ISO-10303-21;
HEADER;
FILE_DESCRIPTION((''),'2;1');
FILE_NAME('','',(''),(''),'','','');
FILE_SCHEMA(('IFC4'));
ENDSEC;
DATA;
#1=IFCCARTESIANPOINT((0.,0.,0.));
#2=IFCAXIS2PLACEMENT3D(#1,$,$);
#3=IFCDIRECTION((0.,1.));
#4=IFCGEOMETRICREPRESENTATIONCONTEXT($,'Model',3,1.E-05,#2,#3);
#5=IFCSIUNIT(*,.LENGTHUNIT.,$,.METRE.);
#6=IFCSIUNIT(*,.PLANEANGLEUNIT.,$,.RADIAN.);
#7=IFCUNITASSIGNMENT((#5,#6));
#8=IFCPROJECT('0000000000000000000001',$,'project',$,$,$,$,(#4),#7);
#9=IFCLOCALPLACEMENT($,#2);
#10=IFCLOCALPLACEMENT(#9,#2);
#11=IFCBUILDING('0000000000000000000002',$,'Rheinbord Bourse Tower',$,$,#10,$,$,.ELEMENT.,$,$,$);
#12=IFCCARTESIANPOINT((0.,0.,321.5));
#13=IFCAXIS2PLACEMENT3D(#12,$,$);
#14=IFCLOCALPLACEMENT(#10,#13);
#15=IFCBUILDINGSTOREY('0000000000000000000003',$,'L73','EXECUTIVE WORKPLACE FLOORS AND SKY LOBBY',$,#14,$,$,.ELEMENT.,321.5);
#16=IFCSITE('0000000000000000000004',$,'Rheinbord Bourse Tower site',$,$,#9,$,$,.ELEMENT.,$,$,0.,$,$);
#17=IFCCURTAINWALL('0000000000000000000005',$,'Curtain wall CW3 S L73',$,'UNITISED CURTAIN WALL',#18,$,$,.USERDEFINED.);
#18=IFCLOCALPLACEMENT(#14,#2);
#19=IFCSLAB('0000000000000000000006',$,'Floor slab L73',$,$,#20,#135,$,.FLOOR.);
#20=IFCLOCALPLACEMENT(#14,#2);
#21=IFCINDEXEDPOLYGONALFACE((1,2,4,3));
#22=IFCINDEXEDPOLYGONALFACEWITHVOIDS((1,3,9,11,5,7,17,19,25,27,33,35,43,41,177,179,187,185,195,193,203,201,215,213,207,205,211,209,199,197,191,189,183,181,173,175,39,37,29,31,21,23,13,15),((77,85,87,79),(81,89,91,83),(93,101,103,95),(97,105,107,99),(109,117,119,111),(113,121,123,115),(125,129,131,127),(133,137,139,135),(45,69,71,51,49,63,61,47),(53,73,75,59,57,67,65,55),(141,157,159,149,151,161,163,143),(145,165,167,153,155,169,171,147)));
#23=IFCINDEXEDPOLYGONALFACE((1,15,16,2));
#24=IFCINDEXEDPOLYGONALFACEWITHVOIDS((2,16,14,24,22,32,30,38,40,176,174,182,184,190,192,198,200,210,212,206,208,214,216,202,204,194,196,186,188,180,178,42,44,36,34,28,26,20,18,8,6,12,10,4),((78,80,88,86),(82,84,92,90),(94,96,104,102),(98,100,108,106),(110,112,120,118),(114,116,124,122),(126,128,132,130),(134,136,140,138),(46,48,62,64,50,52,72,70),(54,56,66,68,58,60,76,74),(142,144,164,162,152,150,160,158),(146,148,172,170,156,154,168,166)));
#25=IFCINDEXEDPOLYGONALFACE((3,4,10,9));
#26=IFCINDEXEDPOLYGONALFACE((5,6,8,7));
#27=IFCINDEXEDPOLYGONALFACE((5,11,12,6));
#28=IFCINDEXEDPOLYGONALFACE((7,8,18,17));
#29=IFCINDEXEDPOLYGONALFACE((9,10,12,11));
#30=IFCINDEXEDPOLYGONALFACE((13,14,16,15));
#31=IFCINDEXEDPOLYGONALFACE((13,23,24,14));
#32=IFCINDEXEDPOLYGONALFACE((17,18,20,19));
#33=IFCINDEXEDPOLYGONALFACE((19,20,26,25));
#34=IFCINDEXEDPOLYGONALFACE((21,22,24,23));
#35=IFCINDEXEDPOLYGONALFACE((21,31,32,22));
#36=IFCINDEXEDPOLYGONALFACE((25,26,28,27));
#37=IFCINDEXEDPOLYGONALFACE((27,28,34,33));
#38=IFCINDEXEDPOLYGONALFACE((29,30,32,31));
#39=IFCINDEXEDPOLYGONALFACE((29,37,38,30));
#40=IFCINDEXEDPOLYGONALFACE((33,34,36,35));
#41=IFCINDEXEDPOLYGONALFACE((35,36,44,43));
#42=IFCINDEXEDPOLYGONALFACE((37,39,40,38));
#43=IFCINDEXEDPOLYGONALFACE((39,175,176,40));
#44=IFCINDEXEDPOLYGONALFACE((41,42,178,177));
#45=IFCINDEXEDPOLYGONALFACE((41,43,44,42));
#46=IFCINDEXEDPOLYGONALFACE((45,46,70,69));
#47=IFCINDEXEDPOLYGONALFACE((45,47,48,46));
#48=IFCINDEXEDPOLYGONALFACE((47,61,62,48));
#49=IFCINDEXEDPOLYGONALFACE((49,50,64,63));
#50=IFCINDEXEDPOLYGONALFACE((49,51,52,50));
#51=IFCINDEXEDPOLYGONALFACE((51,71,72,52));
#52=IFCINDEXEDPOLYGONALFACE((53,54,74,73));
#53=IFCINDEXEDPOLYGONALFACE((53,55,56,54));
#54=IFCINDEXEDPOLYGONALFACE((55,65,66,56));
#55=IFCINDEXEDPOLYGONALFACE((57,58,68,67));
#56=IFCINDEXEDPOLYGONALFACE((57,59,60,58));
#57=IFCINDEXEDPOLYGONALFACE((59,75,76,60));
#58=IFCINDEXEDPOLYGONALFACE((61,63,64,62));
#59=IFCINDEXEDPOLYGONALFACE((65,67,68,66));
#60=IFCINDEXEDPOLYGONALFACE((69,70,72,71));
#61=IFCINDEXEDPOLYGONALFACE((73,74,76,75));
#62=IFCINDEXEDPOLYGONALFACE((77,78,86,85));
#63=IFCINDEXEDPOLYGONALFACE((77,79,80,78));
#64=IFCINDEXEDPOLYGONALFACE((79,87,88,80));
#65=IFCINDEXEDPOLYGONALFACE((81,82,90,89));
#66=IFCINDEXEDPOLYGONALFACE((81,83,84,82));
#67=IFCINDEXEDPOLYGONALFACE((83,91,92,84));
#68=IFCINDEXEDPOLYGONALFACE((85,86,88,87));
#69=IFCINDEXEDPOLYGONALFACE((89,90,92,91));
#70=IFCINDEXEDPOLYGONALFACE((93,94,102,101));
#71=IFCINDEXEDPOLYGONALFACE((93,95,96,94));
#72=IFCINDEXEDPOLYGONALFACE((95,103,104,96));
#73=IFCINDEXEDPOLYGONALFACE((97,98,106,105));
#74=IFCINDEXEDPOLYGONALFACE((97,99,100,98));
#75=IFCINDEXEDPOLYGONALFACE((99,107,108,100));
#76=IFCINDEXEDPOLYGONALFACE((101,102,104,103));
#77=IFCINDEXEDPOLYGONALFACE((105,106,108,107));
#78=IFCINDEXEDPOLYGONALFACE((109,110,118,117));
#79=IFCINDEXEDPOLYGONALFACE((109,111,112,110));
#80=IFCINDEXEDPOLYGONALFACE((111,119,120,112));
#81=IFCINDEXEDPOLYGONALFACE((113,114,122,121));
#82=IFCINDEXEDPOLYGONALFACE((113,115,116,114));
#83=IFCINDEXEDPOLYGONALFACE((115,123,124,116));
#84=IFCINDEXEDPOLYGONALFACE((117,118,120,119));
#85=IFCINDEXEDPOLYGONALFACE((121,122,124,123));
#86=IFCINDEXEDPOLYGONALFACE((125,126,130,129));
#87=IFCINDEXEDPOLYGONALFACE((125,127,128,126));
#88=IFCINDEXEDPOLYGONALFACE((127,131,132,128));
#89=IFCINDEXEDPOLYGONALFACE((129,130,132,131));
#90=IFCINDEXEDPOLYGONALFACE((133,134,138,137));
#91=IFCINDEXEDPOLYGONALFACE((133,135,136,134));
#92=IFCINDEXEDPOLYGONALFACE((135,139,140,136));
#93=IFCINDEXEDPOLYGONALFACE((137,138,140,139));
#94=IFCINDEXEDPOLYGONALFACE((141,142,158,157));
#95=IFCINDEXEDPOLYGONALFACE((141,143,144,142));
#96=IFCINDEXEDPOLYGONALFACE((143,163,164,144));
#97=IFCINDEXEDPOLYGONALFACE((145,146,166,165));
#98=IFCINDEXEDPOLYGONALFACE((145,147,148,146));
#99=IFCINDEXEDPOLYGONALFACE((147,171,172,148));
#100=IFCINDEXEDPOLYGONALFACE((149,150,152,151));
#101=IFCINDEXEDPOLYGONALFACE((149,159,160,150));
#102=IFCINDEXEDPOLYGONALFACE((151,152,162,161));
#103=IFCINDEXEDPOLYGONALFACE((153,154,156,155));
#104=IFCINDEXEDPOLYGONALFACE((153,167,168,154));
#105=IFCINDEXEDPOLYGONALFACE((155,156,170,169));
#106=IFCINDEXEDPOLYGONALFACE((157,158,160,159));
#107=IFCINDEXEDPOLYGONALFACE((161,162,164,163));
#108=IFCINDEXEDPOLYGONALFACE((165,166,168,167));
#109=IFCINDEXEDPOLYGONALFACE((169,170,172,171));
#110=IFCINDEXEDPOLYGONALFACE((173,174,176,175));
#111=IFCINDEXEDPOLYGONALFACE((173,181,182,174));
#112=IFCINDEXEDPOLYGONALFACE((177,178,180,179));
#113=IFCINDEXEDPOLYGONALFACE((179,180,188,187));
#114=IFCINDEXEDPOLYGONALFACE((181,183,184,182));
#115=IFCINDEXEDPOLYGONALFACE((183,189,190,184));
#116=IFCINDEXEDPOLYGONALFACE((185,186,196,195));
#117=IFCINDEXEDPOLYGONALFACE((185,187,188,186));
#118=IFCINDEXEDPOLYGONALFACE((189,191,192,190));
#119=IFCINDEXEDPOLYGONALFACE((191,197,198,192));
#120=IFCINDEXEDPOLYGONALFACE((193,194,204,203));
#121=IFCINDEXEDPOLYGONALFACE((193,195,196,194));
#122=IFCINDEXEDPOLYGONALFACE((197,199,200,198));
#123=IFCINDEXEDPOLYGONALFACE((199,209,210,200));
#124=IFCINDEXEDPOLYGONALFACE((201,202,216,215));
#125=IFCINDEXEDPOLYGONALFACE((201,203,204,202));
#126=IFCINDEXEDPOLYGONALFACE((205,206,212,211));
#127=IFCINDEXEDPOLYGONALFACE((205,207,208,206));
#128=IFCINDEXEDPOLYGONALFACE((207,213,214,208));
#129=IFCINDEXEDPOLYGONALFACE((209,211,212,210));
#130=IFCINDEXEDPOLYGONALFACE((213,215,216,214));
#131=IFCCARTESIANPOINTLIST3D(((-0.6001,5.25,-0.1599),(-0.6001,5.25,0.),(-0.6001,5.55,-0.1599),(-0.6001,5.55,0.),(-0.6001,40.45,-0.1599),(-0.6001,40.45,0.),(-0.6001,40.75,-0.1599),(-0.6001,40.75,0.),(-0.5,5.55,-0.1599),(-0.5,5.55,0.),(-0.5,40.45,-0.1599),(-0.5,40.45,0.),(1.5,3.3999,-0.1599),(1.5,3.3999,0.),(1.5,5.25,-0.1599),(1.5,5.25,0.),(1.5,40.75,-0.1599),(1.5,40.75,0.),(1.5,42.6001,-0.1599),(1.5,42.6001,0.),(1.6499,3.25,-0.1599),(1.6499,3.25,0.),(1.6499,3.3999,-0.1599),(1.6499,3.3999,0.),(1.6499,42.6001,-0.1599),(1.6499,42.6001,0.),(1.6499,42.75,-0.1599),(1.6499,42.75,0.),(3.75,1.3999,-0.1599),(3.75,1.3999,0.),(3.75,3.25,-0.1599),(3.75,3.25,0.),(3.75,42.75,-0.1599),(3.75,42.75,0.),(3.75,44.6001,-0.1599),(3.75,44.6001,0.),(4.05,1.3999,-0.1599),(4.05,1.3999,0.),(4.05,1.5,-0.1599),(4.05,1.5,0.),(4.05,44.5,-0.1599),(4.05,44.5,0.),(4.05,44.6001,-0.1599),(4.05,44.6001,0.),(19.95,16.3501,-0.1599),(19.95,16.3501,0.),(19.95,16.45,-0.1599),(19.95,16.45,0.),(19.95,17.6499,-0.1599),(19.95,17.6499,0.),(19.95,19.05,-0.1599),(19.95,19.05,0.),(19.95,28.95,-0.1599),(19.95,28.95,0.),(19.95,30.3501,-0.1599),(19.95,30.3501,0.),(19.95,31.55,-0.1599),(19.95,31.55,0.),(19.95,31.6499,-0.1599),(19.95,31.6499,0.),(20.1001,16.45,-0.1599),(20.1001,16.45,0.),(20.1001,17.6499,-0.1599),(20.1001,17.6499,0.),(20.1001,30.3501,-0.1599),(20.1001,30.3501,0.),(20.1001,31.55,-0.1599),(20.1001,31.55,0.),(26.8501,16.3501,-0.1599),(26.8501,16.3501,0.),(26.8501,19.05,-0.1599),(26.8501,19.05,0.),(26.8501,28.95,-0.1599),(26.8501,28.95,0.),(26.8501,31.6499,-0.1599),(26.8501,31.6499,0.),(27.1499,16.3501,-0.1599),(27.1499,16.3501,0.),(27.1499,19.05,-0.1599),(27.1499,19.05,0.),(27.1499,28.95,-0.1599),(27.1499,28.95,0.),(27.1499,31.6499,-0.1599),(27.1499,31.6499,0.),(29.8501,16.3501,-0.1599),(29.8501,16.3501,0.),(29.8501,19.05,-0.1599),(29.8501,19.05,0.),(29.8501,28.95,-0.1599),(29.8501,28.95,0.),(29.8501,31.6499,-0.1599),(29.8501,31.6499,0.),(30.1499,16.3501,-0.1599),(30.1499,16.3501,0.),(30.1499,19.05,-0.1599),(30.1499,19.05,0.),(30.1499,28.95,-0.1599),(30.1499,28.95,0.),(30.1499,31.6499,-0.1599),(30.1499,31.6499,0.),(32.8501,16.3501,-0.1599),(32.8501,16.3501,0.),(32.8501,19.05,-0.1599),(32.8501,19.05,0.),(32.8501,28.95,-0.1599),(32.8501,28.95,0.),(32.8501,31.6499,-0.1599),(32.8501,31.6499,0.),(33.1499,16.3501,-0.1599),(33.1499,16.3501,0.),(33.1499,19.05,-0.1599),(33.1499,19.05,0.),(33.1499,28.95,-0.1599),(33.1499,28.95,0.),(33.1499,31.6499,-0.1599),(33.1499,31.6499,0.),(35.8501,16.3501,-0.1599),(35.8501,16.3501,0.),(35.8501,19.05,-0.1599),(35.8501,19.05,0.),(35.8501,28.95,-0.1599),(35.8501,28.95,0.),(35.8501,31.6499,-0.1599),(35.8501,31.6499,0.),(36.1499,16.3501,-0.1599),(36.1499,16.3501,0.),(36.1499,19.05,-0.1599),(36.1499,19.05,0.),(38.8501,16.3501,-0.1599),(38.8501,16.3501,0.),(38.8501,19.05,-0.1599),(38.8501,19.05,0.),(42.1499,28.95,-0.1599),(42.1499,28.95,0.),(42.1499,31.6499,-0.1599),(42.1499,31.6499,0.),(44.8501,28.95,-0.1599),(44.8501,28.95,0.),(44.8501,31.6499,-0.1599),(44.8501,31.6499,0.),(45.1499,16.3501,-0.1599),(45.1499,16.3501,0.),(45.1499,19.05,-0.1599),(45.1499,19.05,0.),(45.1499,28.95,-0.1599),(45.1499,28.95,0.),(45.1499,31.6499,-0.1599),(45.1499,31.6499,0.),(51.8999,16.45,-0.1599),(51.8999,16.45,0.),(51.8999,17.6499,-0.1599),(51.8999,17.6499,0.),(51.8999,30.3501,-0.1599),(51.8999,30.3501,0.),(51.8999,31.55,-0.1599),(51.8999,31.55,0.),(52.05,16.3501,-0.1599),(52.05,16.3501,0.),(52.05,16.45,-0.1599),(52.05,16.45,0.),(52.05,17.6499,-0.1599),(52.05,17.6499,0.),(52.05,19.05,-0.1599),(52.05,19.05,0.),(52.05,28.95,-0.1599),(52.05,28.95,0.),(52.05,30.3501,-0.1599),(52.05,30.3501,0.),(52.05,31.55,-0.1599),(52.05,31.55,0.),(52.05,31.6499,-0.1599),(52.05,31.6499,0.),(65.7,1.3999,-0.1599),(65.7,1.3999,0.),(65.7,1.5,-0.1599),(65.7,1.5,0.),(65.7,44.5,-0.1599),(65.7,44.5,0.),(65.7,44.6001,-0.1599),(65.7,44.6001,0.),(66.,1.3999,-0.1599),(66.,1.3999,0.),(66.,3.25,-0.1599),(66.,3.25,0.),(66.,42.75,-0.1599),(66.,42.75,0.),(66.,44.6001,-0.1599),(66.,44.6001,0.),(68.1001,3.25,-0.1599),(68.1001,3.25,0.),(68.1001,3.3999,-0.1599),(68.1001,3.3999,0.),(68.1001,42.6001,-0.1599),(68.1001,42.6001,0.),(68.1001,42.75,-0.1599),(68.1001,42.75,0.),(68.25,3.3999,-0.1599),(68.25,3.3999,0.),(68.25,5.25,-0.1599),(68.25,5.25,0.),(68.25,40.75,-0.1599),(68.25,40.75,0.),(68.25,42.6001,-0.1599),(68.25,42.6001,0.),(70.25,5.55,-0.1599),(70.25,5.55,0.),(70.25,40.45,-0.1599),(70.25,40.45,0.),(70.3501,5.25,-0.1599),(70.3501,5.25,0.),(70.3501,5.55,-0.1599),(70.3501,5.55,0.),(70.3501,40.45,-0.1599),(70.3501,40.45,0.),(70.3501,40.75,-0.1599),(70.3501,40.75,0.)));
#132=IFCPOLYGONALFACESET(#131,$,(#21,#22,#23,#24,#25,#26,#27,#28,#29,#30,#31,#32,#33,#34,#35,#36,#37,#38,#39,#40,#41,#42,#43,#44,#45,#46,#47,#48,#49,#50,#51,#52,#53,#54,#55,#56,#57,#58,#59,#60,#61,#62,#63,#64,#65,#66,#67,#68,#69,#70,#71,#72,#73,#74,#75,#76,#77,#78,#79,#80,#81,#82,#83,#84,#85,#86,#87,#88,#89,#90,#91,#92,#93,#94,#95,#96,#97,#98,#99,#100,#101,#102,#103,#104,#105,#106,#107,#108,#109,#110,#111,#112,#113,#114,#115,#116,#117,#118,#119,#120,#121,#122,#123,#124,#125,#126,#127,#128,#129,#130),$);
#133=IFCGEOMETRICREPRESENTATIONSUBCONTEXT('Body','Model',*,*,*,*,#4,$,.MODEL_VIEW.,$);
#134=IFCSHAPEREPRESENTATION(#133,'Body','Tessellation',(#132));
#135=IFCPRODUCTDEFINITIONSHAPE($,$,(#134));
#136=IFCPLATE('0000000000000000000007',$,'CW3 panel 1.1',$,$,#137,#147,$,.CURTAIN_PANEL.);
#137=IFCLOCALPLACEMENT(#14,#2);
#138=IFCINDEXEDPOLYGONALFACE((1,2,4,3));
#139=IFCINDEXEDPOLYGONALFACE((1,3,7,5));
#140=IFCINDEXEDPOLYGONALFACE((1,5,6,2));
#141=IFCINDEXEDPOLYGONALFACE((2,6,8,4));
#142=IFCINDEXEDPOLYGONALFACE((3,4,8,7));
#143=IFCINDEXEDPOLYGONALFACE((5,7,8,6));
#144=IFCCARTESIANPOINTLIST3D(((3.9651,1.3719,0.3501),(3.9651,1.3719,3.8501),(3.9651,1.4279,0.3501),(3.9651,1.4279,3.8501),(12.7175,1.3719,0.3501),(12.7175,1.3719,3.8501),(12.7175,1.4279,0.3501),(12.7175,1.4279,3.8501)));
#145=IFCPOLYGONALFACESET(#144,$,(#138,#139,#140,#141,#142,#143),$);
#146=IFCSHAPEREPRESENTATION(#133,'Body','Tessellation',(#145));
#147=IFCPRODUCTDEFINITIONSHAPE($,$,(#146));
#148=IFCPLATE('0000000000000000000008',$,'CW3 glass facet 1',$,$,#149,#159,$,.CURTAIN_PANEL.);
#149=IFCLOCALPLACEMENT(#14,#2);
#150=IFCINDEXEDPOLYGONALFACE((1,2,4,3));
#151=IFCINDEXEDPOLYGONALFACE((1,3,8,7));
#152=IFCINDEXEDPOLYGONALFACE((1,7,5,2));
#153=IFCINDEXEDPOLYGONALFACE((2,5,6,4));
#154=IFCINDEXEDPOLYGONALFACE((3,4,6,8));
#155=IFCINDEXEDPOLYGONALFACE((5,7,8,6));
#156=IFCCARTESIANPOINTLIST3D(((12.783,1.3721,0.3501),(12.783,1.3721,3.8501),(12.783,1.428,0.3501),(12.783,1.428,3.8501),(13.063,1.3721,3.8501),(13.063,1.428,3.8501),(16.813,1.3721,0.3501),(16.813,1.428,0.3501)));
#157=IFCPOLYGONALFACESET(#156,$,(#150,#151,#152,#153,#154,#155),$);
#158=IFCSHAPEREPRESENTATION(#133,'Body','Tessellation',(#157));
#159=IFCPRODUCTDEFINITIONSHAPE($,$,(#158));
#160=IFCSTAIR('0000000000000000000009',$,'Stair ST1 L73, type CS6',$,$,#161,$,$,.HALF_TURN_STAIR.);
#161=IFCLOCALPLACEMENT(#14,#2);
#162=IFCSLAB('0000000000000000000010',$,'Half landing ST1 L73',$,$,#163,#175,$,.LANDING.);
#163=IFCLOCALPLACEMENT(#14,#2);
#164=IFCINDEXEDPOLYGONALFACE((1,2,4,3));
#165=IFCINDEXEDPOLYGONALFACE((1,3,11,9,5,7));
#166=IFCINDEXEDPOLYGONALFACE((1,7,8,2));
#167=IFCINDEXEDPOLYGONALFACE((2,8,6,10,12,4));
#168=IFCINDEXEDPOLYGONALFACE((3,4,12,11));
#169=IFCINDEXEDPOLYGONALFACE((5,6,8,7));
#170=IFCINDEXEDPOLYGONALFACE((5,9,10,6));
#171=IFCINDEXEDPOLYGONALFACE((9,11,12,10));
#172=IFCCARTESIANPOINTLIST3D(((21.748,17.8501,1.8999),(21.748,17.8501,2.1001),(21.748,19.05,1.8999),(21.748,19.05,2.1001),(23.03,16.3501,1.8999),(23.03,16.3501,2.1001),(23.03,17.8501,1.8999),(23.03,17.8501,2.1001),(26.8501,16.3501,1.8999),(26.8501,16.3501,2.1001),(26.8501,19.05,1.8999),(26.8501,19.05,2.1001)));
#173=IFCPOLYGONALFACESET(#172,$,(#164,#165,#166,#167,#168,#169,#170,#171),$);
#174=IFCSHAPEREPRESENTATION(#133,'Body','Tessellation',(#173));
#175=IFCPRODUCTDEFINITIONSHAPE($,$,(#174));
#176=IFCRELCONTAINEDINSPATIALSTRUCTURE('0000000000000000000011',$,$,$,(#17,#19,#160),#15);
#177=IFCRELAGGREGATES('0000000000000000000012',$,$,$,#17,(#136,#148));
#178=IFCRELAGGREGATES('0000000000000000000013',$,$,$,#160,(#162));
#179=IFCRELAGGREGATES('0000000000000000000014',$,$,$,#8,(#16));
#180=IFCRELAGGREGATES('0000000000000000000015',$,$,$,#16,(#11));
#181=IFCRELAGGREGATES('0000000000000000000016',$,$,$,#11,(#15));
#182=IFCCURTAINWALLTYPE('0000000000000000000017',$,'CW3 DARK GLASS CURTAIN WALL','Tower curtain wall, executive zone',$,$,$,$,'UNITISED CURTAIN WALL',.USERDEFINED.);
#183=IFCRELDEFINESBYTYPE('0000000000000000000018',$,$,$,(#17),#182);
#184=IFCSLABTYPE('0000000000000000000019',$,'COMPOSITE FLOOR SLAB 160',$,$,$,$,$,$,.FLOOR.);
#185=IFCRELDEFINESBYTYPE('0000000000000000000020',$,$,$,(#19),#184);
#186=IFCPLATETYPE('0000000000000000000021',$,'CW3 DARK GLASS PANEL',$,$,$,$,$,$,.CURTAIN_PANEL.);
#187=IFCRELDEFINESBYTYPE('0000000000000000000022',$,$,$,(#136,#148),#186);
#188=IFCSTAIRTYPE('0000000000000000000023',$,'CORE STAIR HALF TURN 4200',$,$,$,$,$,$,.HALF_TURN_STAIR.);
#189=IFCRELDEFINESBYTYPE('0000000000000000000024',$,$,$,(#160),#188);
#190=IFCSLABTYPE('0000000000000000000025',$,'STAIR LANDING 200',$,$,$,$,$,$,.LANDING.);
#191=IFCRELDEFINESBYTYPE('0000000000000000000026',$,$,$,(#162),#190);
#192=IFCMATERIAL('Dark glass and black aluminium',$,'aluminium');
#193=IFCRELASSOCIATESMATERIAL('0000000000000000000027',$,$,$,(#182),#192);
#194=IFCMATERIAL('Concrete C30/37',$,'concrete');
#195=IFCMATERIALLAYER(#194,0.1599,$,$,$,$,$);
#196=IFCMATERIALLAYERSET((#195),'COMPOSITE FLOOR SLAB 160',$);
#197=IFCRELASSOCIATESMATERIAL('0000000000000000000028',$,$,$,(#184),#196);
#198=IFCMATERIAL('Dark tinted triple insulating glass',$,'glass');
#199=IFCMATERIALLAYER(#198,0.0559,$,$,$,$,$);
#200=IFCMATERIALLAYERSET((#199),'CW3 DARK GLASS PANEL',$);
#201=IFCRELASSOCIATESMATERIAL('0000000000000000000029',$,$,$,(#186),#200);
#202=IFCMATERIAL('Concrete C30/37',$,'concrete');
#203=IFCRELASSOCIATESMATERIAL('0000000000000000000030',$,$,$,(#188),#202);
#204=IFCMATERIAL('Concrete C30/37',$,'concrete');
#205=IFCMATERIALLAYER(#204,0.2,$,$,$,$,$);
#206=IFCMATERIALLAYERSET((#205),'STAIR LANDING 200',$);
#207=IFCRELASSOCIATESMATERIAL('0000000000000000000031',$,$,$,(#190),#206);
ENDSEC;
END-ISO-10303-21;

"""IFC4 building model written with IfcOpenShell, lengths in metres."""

from ifc_helpers import new_model, si_unit, direction, frame, origin, origin_2d, place, context, subcontext, project, spatial, polyline, rectangle, outline, extrude, material, layer, layer_set, type_object, element, aggregate, save


model = new_model("IFC4")

# Units and contexts
model_context = context("Model", 3, precision=1e-05, world=origin(), true_north=direction((0.0, 1.0)))
body_context = subcontext(model_context, "Body", "Model", "MODEL_VIEW")
ifc_project = project(units=[si_unit("LENGTHUNIT", "METRE"), si_unit("PLANEANGLEUNIT", "RADIAN")], contexts=[model_context])

# Site, building, storey
site_placement = place(None, origin())
site = spatial("IfcSite", under=ifc_project, at=site_placement, Name="Rheinbord Bourse Tower site", CompositionType="ELEMENT", RefElevation=0.0)
building_placement = place(site_placement, origin())
building = spatial("IfcBuilding", under=site, at=building_placement, Name="Rheinbord Bourse Tower", CompositionType="ELEMENT")
storey_placement = place(building_placement, frame((0.0, 0.0, 321.5)))
storey = spatial("IfcBuildingStorey", under=building, at=storey_placement, Name="L73", Description="EXECUTIVE WORKPLACE FLOORS AND SKY LOBBY", CompositionType="ELEMENT", Elevation=321.5)

# Curtain wall
ifc_material_1 = material(Name="Dark glass and black aluminium", Category="aluminium")
curtain_wall_type = type_object("IfcCurtainWallType", Name="CW3 DARK GLASS CURTAIN WALL", Description="Tower curtain wall, executive zone", ElementType="UNITISED CURTAIN WALL", PredefinedType="USERDEFINED", material=ifc_material_1)
curtain_wall_1_placement = place(storey_placement, origin())
curtain_wall_1 = element("IfcCurtainWall", 1, at=curtain_wall_1_placement, inside=storey, type_object=curtain_wall_type, Name="Curtain wall CW3 S L73", ObjectType="UNITISED CURTAIN WALL", PredefinedType="USERDEFINED")

# Slab
ifc_material_2 = material(Name="Concrete C30/37", Category="concrete")
ifc_layer_1 = layer(ifc_material_2, 0.1599)
ifc_layer_set_1 = layer_set([ifc_layer_1], Name="COMPOSITE FLOOR SLAB 160")
slab_type_1 = type_object("IfcSlabType", Name="COMPOSITE FLOOR SLAB 160", PredefinedType="FLOOR", material=ifc_layer_set_1)
slab_1_placement = place(storey_placement, frame((0.0, 0.0, -0.1599)))
element("IfcSlab", 2, at=slab_1_placement, inside=storey, type_object=slab_type_1, Name="Floor slab L73", PredefinedType="FLOOR", context=body_context, shape_type="SweptSolid", body=[
    extrude(outline(polyline([(1.6499, 3.3999), (1.5, 3.3999), (1.5, 5.25), (-0.6001, 5.25), (-0.6001, 5.55), (-0.5, 5.55), (-0.5, 40.45), (-0.6001, 40.45), (-0.6001, 40.75), (1.5, 40.75), (1.5, 42.6001), (1.6499, 42.6001), (1.6499, 42.75), (3.75, 42.75), (3.75, 44.6001), (4.05, 44.6001), (4.05, 44.5), (65.7, 44.5), (65.7, 44.6001), (66.0, 44.6001), (66.0, 42.75), (68.1001, 42.75), (68.1001, 42.6001), (68.25, 42.6001), (68.25, 40.75), (70.3501, 40.75), (70.3501, 40.45), (70.25, 40.45), (70.25, 5.55), (70.3501, 5.55), (70.3501, 5.25), (68.25, 5.25), (68.25, 3.3999), (68.1001, 3.3999), (68.1001, 3.25), (66.0, 3.25), (66.0, 1.3999), (65.7, 1.3999), (65.7, 1.5), (4.05, 1.5), (4.05, 1.3999), (3.75, 1.3999), (3.75, 3.25), (1.6499, 3.25), (1.6499, 3.3999)]), holes=[polyline([(19.95, 19.05), (26.8501, 19.05), (26.8501, 16.3501), (19.95, 16.3501), (19.95, 16.45), (20.1001, 16.45), (20.1001, 17.6499), (19.95, 17.6499), (19.95, 19.05)]), polyline([(19.95, 31.6499), (26.8501, 31.6499), (26.8501, 28.95), (19.95, 28.95), (19.95, 30.3501), (20.1001, 30.3501), (20.1001, 31.55), (19.95, 31.55), (19.95, 31.6499)]), polyline([(52.05, 16.3501), (45.1499, 16.3501), (45.1499, 19.05), (52.05, 19.05), (52.05, 17.6499), (51.8999, 17.6499), (51.8999, 16.45), (52.05, 16.45), (52.05, 16.3501)]), polyline([(52.05, 28.95), (45.1499, 28.95), (45.1499, 31.6499), (52.05, 31.6499), (52.05, 31.55), (51.8999, 31.55), (51.8999, 30.3501), (52.05, 30.3501), (52.05, 28.95)]), polyline([(27.1499, 16.3501), (27.1499, 19.05), (29.8501, 19.05), (29.8501, 16.3501), (27.1499, 16.3501)]), polyline([(27.1499, 28.95), (27.1499, 31.6499), (29.8501, 31.6499), (29.8501, 28.95), (27.1499, 28.95)]), polyline([(30.1499, 16.3501), (30.1499, 19.05), (32.8501, 19.05), (32.8501, 16.3501), (30.1499, 16.3501)]), polyline([(30.1499, 28.95), (30.1499, 31.6499), (32.8501, 31.6499), (32.8501, 28.95), (30.1499, 28.95)]), polyline([(33.1499, 16.3501), (33.1499, 19.05), (35.8501, 19.05), (35.8501, 16.3501), (33.1499, 16.3501)]), polyline([(33.1499, 28.95), (33.1499, 31.6499), (35.8501, 31.6499), (35.8501, 28.95), (33.1499, 28.95)]), polyline([(36.1499, 16.3501), (36.1499, 19.05), (38.8501, 19.05), (38.8501, 16.3501), (36.1499, 16.3501)]), polyline([(42.1499, 28.95), (42.1499, 31.6499), (44.8501, 31.6499), (44.8501, 28.95), (42.1499, 28.95)])]), origin(), (0.0, 0.0, 1.0), 0.1599),
])

# Plates
ifc_material_3 = material(Name="Dark tinted triple insulating glass", Category="glass")
ifc_layer_2 = layer(ifc_material_3, 0.0559)
ifc_layer_set_2 = layer_set([ifc_layer_2], Name="CW3 DARK GLASS PANEL")
plate_type = type_object("IfcPlateType", Name="CW3 DARK GLASS PANEL", PredefinedType="CURTAIN_PANEL", material=ifc_layer_set_2)
plate_1_placement = place(storey_placement, frame((8.3413, 1.3999, 0.3501), z_axis=(0.0, 0.0, 1.0), x_axis=(1.0, 0.0, 0.0)))
plate_1 = element("IfcPlate", 3, at=plate_1_placement, type_object=plate_type, Name="CW3 panel 1.1", PredefinedType="CURTAIN_PANEL", context=body_context, shape_type="SweptSolid", body=[
    extrude(rectangle(XDim=8.7524, YDim=0.0559, at=origin_2d()), origin(), (0.0, 0.0, 1.0), 3.5),
])
plate_2_placement = place(storey_placement, frame((12.783, 1.3721, 0.3501), z_axis=(0.0, 1.0, 0.0), x_axis=(0.0, 0.0, 1.0)))
plate_2 = element("IfcPlate", 4, at=plate_2_placement, type_object=plate_type, Name="CW3 glass facet 1", PredefinedType="CURTAIN_PANEL", context=body_context, shape_type="SweptSolid", body=[
    extrude(outline(polyline([(0.0, 0.0), (3.5, 0.0), (3.5, 0.28), (0.0, 4.03), (0.0, 0.0)])), origin(), (0.0, 0.0, 1.0), 0.0559),
])
aggregate(curtain_wall_1, [plate_1, plate_2])

# Stair, slab
ifc_material_4 = material(Name="Concrete C30/37", Category="concrete")
stair_type = type_object("IfcStairType", Name="CORE STAIR HALF TURN 4200", PredefinedType="HALF_TURN_STAIR", material=ifc_material_4)
stair_1_placement = place(storey_placement, origin())
stair_1 = element("IfcStair", 5, at=stair_1_placement, inside=storey, type_object=stair_type, Name="Stair ST1 L73, type CS6", PredefinedType="HALF_TURN_STAIR")
ifc_material_5 = material(Name="Concrete C30/37", Category="concrete")
ifc_layer_3 = layer(ifc_material_5, 0.2)
ifc_layer_set_3 = layer_set([ifc_layer_3], Name="STAIR LANDING 200")
slab_type_2 = type_object("IfcSlabType", Name="STAIR LANDING 200", PredefinedType="LANDING", material=ifc_layer_set_3)
slab_2_placement = place(storey_placement, frame((0.0, 0.0, 1.8999)))
slab_2 = element("IfcSlab", 6, at=slab_2_placement, type_object=slab_type_2, Name="Half landing ST1 L73", PredefinedType="LANDING", context=body_context, shape_type="SweptSolid", body=[
    extrude(outline(polyline([(23.03, 16.3501), (26.8501, 16.3501), (26.8501, 19.05), (21.748, 19.05), (21.748, 17.8501), (23.03, 17.8501), (23.03, 16.3501)])), origin(), (0.0, 0.0, 1.0), 0.2002),
])
aggregate(stair_1, [slab_2])

save(model, "model.ifc")
